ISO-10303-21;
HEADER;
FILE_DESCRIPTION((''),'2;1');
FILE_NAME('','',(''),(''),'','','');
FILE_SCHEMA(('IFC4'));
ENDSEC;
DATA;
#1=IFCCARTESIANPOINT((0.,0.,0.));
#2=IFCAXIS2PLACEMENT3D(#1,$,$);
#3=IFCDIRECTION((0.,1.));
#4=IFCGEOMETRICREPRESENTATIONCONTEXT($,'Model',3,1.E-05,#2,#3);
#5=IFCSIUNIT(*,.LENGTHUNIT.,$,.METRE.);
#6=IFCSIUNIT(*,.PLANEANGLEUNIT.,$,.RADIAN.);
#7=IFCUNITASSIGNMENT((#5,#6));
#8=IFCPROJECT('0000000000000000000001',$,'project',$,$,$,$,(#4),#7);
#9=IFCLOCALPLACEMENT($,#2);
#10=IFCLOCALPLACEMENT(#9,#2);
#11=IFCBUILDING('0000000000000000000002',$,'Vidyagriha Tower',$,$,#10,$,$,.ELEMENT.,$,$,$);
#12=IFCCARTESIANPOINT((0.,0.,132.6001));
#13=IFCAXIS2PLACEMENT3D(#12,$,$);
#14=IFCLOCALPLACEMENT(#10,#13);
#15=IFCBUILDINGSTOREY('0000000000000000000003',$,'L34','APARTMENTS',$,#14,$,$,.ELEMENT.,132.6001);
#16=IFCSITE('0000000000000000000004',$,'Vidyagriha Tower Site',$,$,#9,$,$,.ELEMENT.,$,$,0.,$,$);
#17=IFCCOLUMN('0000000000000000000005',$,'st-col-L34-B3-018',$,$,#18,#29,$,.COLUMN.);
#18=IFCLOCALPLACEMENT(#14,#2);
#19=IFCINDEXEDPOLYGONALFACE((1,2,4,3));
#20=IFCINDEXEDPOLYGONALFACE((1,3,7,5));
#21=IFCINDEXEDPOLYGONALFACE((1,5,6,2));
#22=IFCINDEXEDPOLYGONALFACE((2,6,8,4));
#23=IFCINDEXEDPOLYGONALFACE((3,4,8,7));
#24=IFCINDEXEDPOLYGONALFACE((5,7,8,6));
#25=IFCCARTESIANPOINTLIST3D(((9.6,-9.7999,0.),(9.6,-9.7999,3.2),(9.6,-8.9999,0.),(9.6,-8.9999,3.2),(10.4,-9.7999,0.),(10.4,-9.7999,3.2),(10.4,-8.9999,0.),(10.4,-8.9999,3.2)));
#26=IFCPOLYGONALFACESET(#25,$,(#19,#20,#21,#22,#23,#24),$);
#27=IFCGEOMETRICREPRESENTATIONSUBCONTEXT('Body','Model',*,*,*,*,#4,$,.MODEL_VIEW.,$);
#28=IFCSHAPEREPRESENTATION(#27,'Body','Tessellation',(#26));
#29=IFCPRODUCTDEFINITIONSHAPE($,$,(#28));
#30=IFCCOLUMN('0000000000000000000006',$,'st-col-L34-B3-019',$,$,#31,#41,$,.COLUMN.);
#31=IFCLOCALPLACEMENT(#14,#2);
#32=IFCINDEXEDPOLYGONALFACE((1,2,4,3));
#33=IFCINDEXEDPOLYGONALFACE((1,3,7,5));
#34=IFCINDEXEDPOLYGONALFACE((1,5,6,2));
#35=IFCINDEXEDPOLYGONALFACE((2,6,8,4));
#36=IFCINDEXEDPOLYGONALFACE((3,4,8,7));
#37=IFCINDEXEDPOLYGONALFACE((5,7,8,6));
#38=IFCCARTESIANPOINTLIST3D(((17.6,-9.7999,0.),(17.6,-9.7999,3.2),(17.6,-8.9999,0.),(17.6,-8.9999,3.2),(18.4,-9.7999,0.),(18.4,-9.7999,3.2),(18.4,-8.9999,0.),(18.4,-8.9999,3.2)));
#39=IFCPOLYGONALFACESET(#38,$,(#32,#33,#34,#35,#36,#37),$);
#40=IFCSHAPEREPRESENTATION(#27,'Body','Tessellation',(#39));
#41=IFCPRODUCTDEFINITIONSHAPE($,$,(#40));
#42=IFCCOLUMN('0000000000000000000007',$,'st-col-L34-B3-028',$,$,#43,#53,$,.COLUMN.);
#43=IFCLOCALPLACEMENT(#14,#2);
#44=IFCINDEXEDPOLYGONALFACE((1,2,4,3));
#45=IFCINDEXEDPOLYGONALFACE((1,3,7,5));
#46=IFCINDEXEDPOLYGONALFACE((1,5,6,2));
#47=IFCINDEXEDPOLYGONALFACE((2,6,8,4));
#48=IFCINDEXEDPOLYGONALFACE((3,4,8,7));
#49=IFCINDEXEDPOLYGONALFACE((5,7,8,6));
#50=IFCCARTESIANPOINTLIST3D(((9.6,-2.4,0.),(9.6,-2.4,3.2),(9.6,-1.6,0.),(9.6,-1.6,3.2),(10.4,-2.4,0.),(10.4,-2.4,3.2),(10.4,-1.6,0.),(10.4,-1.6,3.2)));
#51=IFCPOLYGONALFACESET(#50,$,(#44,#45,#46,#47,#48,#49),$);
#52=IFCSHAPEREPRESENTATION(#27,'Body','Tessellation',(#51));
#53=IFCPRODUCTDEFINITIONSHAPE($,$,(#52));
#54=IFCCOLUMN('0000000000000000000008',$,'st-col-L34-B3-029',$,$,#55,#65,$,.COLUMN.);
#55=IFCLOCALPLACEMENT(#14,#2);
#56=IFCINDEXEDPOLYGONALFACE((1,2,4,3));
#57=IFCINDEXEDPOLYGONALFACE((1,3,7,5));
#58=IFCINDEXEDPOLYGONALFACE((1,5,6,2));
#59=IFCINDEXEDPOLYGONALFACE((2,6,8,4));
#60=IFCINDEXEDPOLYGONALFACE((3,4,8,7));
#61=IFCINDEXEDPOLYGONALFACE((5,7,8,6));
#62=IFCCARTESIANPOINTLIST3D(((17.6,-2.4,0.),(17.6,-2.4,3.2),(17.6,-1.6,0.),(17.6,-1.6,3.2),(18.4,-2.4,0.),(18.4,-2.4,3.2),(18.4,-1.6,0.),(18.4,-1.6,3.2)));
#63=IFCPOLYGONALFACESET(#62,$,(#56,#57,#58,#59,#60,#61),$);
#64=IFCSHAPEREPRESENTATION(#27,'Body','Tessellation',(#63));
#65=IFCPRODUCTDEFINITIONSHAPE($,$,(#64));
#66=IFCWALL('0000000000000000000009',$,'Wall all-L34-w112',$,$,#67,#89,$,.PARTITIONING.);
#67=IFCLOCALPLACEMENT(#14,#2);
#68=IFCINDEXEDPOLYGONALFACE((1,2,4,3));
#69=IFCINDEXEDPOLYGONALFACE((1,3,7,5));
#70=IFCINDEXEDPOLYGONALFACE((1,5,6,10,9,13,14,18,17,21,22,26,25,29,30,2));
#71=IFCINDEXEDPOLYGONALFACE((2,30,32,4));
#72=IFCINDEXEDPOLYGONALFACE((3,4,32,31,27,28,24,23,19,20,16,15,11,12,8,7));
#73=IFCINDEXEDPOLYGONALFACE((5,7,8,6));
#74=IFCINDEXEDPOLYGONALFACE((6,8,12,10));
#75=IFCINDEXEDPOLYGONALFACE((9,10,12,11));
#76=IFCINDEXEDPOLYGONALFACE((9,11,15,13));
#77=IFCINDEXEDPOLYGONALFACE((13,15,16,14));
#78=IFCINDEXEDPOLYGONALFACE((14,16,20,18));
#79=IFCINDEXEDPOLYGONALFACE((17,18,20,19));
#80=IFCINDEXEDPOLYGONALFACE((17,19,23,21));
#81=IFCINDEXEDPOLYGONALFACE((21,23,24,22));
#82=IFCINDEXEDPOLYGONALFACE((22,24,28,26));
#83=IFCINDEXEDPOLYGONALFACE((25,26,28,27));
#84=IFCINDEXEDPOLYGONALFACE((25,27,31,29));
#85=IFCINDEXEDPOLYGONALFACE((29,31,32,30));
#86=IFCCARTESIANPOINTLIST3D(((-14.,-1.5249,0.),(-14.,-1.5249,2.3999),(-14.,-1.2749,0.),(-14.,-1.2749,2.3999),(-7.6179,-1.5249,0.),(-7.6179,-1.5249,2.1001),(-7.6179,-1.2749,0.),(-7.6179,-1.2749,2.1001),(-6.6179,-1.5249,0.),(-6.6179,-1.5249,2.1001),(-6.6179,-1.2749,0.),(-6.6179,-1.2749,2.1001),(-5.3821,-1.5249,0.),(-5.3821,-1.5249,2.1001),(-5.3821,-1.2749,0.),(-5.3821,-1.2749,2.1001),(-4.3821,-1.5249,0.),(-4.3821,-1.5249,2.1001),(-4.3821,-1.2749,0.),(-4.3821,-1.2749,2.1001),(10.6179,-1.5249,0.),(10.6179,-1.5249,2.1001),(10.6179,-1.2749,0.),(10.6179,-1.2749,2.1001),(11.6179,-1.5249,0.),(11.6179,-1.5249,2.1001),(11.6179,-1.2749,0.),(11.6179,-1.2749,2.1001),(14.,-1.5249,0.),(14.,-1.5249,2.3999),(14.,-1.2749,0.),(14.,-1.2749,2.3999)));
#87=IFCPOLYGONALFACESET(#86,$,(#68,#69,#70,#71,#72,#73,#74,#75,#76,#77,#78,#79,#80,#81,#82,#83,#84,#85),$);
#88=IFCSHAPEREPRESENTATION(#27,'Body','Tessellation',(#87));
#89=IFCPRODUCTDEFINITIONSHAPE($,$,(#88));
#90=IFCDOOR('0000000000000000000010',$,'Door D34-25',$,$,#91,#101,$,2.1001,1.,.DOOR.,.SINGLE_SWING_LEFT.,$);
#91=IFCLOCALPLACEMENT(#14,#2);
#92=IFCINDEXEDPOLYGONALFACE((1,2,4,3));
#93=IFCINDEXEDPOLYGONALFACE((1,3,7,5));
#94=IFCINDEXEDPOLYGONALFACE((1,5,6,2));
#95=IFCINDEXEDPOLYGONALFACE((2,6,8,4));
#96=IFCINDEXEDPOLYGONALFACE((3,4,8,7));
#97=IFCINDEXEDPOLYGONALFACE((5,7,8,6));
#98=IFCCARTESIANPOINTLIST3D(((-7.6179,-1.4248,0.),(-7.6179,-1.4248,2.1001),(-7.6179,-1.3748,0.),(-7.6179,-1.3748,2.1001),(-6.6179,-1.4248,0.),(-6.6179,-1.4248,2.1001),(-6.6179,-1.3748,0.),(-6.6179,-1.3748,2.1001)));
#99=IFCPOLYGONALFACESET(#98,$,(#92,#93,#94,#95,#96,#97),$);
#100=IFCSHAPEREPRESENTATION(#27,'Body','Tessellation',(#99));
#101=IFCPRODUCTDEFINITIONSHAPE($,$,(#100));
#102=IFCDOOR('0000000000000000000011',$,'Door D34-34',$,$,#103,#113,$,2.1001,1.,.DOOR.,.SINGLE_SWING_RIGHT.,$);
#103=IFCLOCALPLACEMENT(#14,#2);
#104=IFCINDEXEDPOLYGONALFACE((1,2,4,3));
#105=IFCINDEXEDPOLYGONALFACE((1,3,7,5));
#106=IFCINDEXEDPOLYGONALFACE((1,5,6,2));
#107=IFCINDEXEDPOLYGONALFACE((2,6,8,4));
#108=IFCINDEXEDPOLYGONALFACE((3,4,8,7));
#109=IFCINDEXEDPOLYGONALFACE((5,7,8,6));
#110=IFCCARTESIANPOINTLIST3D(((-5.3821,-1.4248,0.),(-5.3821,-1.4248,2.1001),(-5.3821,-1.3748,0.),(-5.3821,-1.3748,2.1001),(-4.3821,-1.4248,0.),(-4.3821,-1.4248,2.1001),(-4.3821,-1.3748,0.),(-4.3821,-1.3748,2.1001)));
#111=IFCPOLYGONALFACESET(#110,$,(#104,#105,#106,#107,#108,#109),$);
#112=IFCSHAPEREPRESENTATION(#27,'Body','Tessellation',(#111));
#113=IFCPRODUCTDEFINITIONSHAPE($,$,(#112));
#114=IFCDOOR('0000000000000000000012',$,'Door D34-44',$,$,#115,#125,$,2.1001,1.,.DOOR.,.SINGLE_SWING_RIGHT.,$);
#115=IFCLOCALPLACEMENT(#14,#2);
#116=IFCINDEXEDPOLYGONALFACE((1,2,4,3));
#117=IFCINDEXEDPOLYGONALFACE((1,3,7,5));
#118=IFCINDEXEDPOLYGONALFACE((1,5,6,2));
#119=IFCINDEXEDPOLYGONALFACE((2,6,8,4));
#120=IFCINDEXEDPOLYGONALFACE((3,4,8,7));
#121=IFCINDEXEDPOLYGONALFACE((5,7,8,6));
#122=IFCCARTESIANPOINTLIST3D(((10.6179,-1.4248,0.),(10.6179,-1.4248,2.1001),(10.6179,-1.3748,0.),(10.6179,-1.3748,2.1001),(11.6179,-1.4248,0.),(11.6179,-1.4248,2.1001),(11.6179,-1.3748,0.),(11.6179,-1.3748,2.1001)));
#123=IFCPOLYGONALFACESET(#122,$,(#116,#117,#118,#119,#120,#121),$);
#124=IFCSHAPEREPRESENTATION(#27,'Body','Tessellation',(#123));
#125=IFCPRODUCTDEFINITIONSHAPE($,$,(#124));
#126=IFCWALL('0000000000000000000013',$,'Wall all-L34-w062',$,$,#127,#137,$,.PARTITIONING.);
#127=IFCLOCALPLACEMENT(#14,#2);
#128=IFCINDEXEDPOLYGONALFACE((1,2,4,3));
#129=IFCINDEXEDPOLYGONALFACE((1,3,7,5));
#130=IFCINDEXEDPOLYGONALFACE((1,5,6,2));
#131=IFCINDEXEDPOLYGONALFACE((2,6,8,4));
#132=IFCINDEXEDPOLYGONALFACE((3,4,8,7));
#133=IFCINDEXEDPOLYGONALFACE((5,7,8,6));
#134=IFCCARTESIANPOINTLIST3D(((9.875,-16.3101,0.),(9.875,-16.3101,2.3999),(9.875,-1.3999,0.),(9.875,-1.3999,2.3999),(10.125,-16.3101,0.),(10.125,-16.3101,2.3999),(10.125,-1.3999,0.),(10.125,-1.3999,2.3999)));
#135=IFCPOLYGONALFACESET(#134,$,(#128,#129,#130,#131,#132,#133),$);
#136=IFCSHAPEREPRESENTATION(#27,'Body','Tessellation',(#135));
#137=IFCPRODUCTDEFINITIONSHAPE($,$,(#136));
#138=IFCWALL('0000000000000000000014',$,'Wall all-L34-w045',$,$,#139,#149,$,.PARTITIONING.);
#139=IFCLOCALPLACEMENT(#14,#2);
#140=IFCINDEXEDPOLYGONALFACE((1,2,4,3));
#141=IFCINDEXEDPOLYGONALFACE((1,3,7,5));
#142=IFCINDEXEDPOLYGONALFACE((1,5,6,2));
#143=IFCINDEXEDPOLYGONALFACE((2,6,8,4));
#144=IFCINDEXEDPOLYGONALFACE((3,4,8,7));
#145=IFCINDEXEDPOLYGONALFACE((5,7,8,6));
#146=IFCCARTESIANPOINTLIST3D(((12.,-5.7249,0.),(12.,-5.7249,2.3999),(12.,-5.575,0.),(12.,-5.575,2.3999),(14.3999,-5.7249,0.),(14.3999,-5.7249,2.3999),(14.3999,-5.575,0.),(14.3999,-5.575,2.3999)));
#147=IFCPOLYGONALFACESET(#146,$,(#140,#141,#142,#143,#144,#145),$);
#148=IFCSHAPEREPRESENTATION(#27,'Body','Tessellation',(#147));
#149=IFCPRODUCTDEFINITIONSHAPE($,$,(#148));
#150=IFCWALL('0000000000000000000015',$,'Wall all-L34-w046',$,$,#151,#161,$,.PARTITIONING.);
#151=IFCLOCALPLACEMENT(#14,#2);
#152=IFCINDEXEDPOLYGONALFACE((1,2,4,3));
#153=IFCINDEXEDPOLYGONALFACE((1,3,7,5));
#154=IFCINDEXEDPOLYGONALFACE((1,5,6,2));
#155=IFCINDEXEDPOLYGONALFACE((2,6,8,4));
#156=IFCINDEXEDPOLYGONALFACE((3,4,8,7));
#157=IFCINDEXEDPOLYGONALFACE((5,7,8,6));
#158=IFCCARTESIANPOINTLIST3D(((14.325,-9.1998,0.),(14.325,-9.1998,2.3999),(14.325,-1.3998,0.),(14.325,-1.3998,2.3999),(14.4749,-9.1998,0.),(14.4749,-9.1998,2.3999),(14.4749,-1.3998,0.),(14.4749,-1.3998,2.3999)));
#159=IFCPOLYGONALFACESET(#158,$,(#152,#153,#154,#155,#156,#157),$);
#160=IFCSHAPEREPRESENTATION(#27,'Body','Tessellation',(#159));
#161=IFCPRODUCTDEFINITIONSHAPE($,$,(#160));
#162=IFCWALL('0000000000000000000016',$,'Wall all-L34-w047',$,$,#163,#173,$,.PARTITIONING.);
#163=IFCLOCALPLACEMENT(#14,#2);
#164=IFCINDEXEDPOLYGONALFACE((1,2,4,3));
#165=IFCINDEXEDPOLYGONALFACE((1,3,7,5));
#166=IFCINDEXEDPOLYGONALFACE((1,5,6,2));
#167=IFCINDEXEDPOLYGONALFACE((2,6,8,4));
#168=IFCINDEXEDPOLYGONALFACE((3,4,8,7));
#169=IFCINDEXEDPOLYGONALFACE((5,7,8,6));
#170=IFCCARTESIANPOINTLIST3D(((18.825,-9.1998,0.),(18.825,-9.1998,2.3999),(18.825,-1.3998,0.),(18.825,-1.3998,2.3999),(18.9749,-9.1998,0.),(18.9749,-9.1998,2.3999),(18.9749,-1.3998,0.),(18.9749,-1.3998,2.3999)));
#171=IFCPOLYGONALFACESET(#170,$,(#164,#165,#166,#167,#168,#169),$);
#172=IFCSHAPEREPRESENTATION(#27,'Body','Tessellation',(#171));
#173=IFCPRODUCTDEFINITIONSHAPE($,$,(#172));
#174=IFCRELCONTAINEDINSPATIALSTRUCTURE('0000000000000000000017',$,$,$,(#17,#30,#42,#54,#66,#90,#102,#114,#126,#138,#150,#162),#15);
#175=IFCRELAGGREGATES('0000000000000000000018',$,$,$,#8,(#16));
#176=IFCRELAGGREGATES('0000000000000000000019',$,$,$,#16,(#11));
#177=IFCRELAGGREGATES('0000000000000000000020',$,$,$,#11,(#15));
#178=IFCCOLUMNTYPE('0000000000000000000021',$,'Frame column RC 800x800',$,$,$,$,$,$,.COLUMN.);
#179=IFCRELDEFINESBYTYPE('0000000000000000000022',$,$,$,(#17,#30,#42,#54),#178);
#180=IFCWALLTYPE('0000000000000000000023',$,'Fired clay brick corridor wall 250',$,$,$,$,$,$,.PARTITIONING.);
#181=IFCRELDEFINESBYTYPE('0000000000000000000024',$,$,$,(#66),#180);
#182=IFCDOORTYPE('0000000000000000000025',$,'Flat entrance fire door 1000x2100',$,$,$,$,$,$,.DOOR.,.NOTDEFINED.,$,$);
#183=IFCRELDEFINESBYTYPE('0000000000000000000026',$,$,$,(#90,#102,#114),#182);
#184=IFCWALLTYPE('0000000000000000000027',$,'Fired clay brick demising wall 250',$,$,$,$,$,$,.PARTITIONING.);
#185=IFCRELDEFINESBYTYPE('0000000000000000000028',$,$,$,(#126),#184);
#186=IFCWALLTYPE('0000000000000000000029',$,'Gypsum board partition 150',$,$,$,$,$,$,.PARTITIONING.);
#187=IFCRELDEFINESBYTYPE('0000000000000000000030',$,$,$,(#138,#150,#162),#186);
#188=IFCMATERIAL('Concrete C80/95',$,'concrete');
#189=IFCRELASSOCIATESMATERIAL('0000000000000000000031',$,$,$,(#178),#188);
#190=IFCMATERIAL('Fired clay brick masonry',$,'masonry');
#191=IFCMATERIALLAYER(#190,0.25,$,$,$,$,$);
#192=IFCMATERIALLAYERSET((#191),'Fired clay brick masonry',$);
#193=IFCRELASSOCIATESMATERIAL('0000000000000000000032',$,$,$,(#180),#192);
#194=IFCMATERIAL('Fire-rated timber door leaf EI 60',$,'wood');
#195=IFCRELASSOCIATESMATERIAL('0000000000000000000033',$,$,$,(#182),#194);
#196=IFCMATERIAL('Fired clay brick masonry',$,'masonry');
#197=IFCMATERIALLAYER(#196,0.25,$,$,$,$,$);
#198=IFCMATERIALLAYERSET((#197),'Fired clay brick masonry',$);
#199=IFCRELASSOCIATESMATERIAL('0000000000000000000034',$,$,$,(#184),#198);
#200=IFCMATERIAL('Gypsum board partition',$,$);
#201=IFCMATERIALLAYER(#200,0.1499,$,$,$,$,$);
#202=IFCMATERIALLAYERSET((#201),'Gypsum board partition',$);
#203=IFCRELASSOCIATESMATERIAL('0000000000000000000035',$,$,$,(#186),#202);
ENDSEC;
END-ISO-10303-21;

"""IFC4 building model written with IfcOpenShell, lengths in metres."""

from ifc_helpers import new_model, si_unit, direction, frame, frame_2d, origin, origin_2d, place, context, subcontext, project, spatial, rectangle, extrude, material, layer, layer_set, material_profile, profile_set, type_object, element, fill, save


model = new_model("IFC4")

# Units and contexts
model_context = context("Model", 3, precision=1e-05, world=origin(), true_north=direction((0.0, 1.0)))
body_context = subcontext(model_context, "Body", "Model", "MODEL_VIEW")
ifc_project = project(units=[si_unit("LENGTHUNIT", "METRE"), si_unit("PLANEANGLEUNIT", "RADIAN")], contexts=[model_context])

# Site, building, storey
site_placement = place(None, origin())
site = spatial("IfcSite", under=ifc_project, at=site_placement, Name="Vidyagriha Tower Site", CompositionType="ELEMENT", RefElevation=0.0)
building_placement = place(site_placement, origin())
building = spatial("IfcBuilding", under=site, at=building_placement, Name="Vidyagriha Tower", CompositionType="ELEMENT")
storey_placement = place(building_placement, frame((0.0, 0.0, 132.6001)))
storey = spatial("IfcBuildingStorey", under=building, at=storey_placement, Name="L34", Description="APARTMENTS", CompositionType="ELEMENT", Elevation=132.6001)

# Columns
ifc_material_1 = material(Name="Concrete C80/95", Category="concrete")
ifc_material_profile = material_profile(ifc_material_1, rectangle(XDim=0.8, YDim=0.8, at=origin_2d()), Name="RC 800x800")
ifc_profile_set = profile_set([ifc_material_profile], Name="Concrete C80/95")
column_type = type_object("IfcColumnType", Name="Frame column RC 800x800", PredefinedType="COLUMN", material=ifc_profile_set)
for number, where, name in (
    (1, (10.0, -9.3999, 0.0), "st-col-L34-B3-018"),
    (2, (18.0, -9.3999, 0.0), "st-col-L34-B3-019"),
    (3, (10.0, -2.0, 0.0), "st-col-L34-B3-028"),
    (4, (18.0, -2.0, 0.0), "st-col-L34-B3-029"),
):
    element("IfcColumn", number, at=place(storey_placement, frame(where)), inside=storey, type_object=column_type, Name=name, PredefinedType="COLUMN", context=body_context, shape_type="SweptSolid", body=[
        extrude(rectangle(XDim=0.8, YDim=0.8, at=origin_2d()), origin(), (0.0, 0.0, 1.0), 3.2),
    ])

# Wall, openings, doors
ifc_material_2 = material(Name="Fired clay brick masonry", Category="masonry")
ifc_layer_1 = layer(ifc_material_2, 0.25)
ifc_layer_set_1 = layer_set([ifc_layer_1], Name="Fired clay brick masonry")
wall_type_1 = type_object("IfcWallType", Name="Fired clay brick corridor wall 250", PredefinedType="PARTITIONING", material=ifc_layer_set_1)
wall_1_placement = place(storey_placement, frame((14.0, -1.3999, 0.0), z_axis=(0.0, 0.0, 1.0), x_axis=(-1.0, 0.0, 0.0)))
wall_1 = element("IfcWall", 5, at=wall_1_placement, inside=storey, type_object=wall_type_1, Name="Wall all-L34-w112", PredefinedType="PARTITIONING", context=body_context, shape_type="SweptSolid", body=[
    extrude(rectangle(XDim=28.0, YDim=0.25, at=frame_2d((14.0, 0.0))), origin(), (0.0, 0.0, 1.0), 2.3999),
])
opening_1_placement = place(wall_1_placement, frame((20.6179, 0.0, 0.0)))
opening_1 = element("IfcOpeningElement", 6, at=opening_1_placement, cuts=wall_1, PredefinedType="OPENING", context=body_context, shape_type="SweptSolid", body=[
    extrude(rectangle(XDim=1.0, YDim=2.1001, at=frame_2d((0.5, 1.05))), frame((0.0, 0.135, 0.0), z_axis=(0.0, -1.0, 0.0), x_axis=(1.0, 0.0, 0.0)), (0.0, 0.0, 1.0), 0.27),
])
opening_2_placement = place(wall_1_placement, frame((18.3821, 0.0, 0.0)))
opening_2 = element("IfcOpeningElement", 7, at=opening_2_placement, cuts=wall_1, PredefinedType="OPENING", context=body_context, shape_type="SweptSolid", body=[
    extrude(rectangle(XDim=1.0, YDim=2.1001, at=frame_2d((0.5, 1.05))), frame((0.0, 0.135, 0.0), z_axis=(0.0, -1.0, 0.0), x_axis=(1.0, 0.0, 0.0)), (0.0, 0.0, 1.0), 0.27),
])
opening_3_placement = place(wall_1_placement, frame((2.3821, 0.0, 0.0)))
opening_3 = element("IfcOpeningElement", 8, at=opening_3_placement, cuts=wall_1, PredefinedType="OPENING", context=body_context, shape_type="SweptSolid", body=[
    extrude(rectangle(XDim=1.0, YDim=2.1001, at=frame_2d((0.5, 1.05))), frame((0.0, 0.135, 0.0), z_axis=(0.0, -1.0, 0.0), x_axis=(1.0, 0.0, 0.0)), (0.0, 0.0, 1.0), 0.27),
])
ifc_material_3 = material(Name="Fire-rated timber door leaf EI 60", Category="wood")
door_type_1 = type_object("IfcDoorType", Name="Flat entrance fire door 1000x2100", OperationType="NOTDEFINED", PredefinedType="DOOR", material=ifc_material_3)
door_1_placement = place(opening_1_placement, origin())
door_1 = element("IfcDoor", 9, at=door_1_placement, inside=storey, type_object=door_type_1, Name="Door D34-25", OperationType="SINGLE_SWING_LEFT", OverallHeight=2.1001, OverallWidth=1.0, PredefinedType="DOOR", context=body_context, shape_type="SweptSolid", body=[
    extrude(rectangle(XDim=1.0, YDim=2.1001, at=frame_2d((0.5, 1.05))), frame((0.0, 0.0249, 0.0), z_axis=(0.0, -1.0, 0.0), x_axis=(1.0, 0.0, 0.0)), (0.0, 0.0, 1.0), 0.05),
])
fill(opening_1, door_1)
door_2_placement = place(opening_2_placement, origin())
door_2 = element("IfcDoor", 10, at=door_2_placement, inside=storey, type_object=door_type_1, Name="Door D34-34", OperationType="SINGLE_SWING_RIGHT", OverallHeight=2.1001, OverallWidth=1.0, PredefinedType="DOOR", context=body_context, shape_type="SweptSolid", body=[
    extrude(rectangle(XDim=1.0, YDim=2.1001, at=frame_2d((0.5, 1.05))), frame((0.0, 0.0249, 0.0), z_axis=(0.0, -1.0, 0.0), x_axis=(1.0, 0.0, 0.0)), (0.0, 0.0, 1.0), 0.05),
])
fill(opening_2, door_2)
door_3_placement = place(opening_3_placement, origin())
door_3 = element("IfcDoor", 11, at=door_3_placement, inside=storey, type_object=door_type_1, Name="Door D34-44", OperationType="SINGLE_SWING_RIGHT", OverallHeight=2.1001, OverallWidth=1.0, PredefinedType="DOOR", context=body_context, shape_type="SweptSolid", body=[
    extrude(rectangle(XDim=1.0, YDim=2.1001, at=frame_2d((0.5, 1.05))), frame((0.0, 0.0249, 0.0), z_axis=(0.0, -1.0, 0.0), x_axis=(1.0, 0.0, 0.0)), (0.0, 0.0, 1.0), 0.05),
])
fill(opening_3, door_3)

# Walls
ifc_material_4 = material(Name="Fired clay brick masonry", Category="masonry")
ifc_layer_2 = layer(ifc_material_4, 0.25)
ifc_layer_set_2 = layer_set([ifc_layer_2], Name="Fired clay brick masonry")
wall_type_2 = type_object("IfcWallType", Name="Fired clay brick demising wall 250", PredefinedType="PARTITIONING", material=ifc_layer_set_2)
wall_2_placement = place(storey_placement, frame((10.0, -1.3999, 0.0), z_axis=(0.0, 0.0, 1.0), x_axis=(0.0, -1.0, 0.0)))
element("IfcWall", 12, at=wall_2_placement, inside=storey, type_object=wall_type_2, Name="Wall all-L34-w062", PredefinedType="PARTITIONING", context=body_context, shape_type="SweptSolid", body=[
    extrude(rectangle(XDim=14.9102, YDim=0.25, at=frame_2d((7.4551, 0.0))), origin(), (0.0, 0.0, 1.0), 2.3999),
])
ifc_material_5 = material(Name="Gypsum board partition")
ifc_layer_3 = layer(ifc_material_5, 0.1499)
ifc_layer_set_3 = layer_set([ifc_layer_3], Name="Gypsum board partition")
wall_type_3 = type_object("IfcWallType", Name="Gypsum board partition 150", PredefinedType="PARTITIONING", material=ifc_layer_set_3)
wall_3_placement = place(storey_placement, frame((14.3999, -5.6499, 0.0), z_axis=(0.0, 0.0, 1.0), x_axis=(-1.0, 0.0, 0.0)))
element("IfcWall", 13, at=wall_3_placement, inside=storey, type_object=wall_type_3, Name="Wall all-L34-w045", PredefinedType="PARTITIONING", context=body_context, shape_type="SweptSolid", body=[
    extrude(rectangle(XDim=2.3999, YDim=0.1499, at=frame_2d((1.2, 0.0))), origin(), (0.0, 0.0, 1.0), 2.3999),
])
for number, where, z_axis, x_axis, name in (
    (14, (14.3999, -1.3999, 0.0), (0.0, 0.0, 1.0), (0.0, -1.0, 0.0), "Wall all-L34-w046"),
    (15, (18.8999, -1.3999, 0.0), (0.0, 0.0, 1.0), (0.0, -1.0, 0.0), "Wall all-L34-w047"),
):
    element("IfcWall", number, at=place(storey_placement, frame(where, z_axis=z_axis, x_axis=x_axis)), inside=storey, type_object=wall_type_3, Name=name, PredefinedType="PARTITIONING", context=body_context, shape_type="SweptSolid", body=[
        extrude(rectangle(XDim=7.8, YDim=0.1499, at=frame_2d((3.8999, 0.0))), origin(), (0.0, 0.0, 1.0), 2.3999),
    ])

save(model, "model.ifc")
